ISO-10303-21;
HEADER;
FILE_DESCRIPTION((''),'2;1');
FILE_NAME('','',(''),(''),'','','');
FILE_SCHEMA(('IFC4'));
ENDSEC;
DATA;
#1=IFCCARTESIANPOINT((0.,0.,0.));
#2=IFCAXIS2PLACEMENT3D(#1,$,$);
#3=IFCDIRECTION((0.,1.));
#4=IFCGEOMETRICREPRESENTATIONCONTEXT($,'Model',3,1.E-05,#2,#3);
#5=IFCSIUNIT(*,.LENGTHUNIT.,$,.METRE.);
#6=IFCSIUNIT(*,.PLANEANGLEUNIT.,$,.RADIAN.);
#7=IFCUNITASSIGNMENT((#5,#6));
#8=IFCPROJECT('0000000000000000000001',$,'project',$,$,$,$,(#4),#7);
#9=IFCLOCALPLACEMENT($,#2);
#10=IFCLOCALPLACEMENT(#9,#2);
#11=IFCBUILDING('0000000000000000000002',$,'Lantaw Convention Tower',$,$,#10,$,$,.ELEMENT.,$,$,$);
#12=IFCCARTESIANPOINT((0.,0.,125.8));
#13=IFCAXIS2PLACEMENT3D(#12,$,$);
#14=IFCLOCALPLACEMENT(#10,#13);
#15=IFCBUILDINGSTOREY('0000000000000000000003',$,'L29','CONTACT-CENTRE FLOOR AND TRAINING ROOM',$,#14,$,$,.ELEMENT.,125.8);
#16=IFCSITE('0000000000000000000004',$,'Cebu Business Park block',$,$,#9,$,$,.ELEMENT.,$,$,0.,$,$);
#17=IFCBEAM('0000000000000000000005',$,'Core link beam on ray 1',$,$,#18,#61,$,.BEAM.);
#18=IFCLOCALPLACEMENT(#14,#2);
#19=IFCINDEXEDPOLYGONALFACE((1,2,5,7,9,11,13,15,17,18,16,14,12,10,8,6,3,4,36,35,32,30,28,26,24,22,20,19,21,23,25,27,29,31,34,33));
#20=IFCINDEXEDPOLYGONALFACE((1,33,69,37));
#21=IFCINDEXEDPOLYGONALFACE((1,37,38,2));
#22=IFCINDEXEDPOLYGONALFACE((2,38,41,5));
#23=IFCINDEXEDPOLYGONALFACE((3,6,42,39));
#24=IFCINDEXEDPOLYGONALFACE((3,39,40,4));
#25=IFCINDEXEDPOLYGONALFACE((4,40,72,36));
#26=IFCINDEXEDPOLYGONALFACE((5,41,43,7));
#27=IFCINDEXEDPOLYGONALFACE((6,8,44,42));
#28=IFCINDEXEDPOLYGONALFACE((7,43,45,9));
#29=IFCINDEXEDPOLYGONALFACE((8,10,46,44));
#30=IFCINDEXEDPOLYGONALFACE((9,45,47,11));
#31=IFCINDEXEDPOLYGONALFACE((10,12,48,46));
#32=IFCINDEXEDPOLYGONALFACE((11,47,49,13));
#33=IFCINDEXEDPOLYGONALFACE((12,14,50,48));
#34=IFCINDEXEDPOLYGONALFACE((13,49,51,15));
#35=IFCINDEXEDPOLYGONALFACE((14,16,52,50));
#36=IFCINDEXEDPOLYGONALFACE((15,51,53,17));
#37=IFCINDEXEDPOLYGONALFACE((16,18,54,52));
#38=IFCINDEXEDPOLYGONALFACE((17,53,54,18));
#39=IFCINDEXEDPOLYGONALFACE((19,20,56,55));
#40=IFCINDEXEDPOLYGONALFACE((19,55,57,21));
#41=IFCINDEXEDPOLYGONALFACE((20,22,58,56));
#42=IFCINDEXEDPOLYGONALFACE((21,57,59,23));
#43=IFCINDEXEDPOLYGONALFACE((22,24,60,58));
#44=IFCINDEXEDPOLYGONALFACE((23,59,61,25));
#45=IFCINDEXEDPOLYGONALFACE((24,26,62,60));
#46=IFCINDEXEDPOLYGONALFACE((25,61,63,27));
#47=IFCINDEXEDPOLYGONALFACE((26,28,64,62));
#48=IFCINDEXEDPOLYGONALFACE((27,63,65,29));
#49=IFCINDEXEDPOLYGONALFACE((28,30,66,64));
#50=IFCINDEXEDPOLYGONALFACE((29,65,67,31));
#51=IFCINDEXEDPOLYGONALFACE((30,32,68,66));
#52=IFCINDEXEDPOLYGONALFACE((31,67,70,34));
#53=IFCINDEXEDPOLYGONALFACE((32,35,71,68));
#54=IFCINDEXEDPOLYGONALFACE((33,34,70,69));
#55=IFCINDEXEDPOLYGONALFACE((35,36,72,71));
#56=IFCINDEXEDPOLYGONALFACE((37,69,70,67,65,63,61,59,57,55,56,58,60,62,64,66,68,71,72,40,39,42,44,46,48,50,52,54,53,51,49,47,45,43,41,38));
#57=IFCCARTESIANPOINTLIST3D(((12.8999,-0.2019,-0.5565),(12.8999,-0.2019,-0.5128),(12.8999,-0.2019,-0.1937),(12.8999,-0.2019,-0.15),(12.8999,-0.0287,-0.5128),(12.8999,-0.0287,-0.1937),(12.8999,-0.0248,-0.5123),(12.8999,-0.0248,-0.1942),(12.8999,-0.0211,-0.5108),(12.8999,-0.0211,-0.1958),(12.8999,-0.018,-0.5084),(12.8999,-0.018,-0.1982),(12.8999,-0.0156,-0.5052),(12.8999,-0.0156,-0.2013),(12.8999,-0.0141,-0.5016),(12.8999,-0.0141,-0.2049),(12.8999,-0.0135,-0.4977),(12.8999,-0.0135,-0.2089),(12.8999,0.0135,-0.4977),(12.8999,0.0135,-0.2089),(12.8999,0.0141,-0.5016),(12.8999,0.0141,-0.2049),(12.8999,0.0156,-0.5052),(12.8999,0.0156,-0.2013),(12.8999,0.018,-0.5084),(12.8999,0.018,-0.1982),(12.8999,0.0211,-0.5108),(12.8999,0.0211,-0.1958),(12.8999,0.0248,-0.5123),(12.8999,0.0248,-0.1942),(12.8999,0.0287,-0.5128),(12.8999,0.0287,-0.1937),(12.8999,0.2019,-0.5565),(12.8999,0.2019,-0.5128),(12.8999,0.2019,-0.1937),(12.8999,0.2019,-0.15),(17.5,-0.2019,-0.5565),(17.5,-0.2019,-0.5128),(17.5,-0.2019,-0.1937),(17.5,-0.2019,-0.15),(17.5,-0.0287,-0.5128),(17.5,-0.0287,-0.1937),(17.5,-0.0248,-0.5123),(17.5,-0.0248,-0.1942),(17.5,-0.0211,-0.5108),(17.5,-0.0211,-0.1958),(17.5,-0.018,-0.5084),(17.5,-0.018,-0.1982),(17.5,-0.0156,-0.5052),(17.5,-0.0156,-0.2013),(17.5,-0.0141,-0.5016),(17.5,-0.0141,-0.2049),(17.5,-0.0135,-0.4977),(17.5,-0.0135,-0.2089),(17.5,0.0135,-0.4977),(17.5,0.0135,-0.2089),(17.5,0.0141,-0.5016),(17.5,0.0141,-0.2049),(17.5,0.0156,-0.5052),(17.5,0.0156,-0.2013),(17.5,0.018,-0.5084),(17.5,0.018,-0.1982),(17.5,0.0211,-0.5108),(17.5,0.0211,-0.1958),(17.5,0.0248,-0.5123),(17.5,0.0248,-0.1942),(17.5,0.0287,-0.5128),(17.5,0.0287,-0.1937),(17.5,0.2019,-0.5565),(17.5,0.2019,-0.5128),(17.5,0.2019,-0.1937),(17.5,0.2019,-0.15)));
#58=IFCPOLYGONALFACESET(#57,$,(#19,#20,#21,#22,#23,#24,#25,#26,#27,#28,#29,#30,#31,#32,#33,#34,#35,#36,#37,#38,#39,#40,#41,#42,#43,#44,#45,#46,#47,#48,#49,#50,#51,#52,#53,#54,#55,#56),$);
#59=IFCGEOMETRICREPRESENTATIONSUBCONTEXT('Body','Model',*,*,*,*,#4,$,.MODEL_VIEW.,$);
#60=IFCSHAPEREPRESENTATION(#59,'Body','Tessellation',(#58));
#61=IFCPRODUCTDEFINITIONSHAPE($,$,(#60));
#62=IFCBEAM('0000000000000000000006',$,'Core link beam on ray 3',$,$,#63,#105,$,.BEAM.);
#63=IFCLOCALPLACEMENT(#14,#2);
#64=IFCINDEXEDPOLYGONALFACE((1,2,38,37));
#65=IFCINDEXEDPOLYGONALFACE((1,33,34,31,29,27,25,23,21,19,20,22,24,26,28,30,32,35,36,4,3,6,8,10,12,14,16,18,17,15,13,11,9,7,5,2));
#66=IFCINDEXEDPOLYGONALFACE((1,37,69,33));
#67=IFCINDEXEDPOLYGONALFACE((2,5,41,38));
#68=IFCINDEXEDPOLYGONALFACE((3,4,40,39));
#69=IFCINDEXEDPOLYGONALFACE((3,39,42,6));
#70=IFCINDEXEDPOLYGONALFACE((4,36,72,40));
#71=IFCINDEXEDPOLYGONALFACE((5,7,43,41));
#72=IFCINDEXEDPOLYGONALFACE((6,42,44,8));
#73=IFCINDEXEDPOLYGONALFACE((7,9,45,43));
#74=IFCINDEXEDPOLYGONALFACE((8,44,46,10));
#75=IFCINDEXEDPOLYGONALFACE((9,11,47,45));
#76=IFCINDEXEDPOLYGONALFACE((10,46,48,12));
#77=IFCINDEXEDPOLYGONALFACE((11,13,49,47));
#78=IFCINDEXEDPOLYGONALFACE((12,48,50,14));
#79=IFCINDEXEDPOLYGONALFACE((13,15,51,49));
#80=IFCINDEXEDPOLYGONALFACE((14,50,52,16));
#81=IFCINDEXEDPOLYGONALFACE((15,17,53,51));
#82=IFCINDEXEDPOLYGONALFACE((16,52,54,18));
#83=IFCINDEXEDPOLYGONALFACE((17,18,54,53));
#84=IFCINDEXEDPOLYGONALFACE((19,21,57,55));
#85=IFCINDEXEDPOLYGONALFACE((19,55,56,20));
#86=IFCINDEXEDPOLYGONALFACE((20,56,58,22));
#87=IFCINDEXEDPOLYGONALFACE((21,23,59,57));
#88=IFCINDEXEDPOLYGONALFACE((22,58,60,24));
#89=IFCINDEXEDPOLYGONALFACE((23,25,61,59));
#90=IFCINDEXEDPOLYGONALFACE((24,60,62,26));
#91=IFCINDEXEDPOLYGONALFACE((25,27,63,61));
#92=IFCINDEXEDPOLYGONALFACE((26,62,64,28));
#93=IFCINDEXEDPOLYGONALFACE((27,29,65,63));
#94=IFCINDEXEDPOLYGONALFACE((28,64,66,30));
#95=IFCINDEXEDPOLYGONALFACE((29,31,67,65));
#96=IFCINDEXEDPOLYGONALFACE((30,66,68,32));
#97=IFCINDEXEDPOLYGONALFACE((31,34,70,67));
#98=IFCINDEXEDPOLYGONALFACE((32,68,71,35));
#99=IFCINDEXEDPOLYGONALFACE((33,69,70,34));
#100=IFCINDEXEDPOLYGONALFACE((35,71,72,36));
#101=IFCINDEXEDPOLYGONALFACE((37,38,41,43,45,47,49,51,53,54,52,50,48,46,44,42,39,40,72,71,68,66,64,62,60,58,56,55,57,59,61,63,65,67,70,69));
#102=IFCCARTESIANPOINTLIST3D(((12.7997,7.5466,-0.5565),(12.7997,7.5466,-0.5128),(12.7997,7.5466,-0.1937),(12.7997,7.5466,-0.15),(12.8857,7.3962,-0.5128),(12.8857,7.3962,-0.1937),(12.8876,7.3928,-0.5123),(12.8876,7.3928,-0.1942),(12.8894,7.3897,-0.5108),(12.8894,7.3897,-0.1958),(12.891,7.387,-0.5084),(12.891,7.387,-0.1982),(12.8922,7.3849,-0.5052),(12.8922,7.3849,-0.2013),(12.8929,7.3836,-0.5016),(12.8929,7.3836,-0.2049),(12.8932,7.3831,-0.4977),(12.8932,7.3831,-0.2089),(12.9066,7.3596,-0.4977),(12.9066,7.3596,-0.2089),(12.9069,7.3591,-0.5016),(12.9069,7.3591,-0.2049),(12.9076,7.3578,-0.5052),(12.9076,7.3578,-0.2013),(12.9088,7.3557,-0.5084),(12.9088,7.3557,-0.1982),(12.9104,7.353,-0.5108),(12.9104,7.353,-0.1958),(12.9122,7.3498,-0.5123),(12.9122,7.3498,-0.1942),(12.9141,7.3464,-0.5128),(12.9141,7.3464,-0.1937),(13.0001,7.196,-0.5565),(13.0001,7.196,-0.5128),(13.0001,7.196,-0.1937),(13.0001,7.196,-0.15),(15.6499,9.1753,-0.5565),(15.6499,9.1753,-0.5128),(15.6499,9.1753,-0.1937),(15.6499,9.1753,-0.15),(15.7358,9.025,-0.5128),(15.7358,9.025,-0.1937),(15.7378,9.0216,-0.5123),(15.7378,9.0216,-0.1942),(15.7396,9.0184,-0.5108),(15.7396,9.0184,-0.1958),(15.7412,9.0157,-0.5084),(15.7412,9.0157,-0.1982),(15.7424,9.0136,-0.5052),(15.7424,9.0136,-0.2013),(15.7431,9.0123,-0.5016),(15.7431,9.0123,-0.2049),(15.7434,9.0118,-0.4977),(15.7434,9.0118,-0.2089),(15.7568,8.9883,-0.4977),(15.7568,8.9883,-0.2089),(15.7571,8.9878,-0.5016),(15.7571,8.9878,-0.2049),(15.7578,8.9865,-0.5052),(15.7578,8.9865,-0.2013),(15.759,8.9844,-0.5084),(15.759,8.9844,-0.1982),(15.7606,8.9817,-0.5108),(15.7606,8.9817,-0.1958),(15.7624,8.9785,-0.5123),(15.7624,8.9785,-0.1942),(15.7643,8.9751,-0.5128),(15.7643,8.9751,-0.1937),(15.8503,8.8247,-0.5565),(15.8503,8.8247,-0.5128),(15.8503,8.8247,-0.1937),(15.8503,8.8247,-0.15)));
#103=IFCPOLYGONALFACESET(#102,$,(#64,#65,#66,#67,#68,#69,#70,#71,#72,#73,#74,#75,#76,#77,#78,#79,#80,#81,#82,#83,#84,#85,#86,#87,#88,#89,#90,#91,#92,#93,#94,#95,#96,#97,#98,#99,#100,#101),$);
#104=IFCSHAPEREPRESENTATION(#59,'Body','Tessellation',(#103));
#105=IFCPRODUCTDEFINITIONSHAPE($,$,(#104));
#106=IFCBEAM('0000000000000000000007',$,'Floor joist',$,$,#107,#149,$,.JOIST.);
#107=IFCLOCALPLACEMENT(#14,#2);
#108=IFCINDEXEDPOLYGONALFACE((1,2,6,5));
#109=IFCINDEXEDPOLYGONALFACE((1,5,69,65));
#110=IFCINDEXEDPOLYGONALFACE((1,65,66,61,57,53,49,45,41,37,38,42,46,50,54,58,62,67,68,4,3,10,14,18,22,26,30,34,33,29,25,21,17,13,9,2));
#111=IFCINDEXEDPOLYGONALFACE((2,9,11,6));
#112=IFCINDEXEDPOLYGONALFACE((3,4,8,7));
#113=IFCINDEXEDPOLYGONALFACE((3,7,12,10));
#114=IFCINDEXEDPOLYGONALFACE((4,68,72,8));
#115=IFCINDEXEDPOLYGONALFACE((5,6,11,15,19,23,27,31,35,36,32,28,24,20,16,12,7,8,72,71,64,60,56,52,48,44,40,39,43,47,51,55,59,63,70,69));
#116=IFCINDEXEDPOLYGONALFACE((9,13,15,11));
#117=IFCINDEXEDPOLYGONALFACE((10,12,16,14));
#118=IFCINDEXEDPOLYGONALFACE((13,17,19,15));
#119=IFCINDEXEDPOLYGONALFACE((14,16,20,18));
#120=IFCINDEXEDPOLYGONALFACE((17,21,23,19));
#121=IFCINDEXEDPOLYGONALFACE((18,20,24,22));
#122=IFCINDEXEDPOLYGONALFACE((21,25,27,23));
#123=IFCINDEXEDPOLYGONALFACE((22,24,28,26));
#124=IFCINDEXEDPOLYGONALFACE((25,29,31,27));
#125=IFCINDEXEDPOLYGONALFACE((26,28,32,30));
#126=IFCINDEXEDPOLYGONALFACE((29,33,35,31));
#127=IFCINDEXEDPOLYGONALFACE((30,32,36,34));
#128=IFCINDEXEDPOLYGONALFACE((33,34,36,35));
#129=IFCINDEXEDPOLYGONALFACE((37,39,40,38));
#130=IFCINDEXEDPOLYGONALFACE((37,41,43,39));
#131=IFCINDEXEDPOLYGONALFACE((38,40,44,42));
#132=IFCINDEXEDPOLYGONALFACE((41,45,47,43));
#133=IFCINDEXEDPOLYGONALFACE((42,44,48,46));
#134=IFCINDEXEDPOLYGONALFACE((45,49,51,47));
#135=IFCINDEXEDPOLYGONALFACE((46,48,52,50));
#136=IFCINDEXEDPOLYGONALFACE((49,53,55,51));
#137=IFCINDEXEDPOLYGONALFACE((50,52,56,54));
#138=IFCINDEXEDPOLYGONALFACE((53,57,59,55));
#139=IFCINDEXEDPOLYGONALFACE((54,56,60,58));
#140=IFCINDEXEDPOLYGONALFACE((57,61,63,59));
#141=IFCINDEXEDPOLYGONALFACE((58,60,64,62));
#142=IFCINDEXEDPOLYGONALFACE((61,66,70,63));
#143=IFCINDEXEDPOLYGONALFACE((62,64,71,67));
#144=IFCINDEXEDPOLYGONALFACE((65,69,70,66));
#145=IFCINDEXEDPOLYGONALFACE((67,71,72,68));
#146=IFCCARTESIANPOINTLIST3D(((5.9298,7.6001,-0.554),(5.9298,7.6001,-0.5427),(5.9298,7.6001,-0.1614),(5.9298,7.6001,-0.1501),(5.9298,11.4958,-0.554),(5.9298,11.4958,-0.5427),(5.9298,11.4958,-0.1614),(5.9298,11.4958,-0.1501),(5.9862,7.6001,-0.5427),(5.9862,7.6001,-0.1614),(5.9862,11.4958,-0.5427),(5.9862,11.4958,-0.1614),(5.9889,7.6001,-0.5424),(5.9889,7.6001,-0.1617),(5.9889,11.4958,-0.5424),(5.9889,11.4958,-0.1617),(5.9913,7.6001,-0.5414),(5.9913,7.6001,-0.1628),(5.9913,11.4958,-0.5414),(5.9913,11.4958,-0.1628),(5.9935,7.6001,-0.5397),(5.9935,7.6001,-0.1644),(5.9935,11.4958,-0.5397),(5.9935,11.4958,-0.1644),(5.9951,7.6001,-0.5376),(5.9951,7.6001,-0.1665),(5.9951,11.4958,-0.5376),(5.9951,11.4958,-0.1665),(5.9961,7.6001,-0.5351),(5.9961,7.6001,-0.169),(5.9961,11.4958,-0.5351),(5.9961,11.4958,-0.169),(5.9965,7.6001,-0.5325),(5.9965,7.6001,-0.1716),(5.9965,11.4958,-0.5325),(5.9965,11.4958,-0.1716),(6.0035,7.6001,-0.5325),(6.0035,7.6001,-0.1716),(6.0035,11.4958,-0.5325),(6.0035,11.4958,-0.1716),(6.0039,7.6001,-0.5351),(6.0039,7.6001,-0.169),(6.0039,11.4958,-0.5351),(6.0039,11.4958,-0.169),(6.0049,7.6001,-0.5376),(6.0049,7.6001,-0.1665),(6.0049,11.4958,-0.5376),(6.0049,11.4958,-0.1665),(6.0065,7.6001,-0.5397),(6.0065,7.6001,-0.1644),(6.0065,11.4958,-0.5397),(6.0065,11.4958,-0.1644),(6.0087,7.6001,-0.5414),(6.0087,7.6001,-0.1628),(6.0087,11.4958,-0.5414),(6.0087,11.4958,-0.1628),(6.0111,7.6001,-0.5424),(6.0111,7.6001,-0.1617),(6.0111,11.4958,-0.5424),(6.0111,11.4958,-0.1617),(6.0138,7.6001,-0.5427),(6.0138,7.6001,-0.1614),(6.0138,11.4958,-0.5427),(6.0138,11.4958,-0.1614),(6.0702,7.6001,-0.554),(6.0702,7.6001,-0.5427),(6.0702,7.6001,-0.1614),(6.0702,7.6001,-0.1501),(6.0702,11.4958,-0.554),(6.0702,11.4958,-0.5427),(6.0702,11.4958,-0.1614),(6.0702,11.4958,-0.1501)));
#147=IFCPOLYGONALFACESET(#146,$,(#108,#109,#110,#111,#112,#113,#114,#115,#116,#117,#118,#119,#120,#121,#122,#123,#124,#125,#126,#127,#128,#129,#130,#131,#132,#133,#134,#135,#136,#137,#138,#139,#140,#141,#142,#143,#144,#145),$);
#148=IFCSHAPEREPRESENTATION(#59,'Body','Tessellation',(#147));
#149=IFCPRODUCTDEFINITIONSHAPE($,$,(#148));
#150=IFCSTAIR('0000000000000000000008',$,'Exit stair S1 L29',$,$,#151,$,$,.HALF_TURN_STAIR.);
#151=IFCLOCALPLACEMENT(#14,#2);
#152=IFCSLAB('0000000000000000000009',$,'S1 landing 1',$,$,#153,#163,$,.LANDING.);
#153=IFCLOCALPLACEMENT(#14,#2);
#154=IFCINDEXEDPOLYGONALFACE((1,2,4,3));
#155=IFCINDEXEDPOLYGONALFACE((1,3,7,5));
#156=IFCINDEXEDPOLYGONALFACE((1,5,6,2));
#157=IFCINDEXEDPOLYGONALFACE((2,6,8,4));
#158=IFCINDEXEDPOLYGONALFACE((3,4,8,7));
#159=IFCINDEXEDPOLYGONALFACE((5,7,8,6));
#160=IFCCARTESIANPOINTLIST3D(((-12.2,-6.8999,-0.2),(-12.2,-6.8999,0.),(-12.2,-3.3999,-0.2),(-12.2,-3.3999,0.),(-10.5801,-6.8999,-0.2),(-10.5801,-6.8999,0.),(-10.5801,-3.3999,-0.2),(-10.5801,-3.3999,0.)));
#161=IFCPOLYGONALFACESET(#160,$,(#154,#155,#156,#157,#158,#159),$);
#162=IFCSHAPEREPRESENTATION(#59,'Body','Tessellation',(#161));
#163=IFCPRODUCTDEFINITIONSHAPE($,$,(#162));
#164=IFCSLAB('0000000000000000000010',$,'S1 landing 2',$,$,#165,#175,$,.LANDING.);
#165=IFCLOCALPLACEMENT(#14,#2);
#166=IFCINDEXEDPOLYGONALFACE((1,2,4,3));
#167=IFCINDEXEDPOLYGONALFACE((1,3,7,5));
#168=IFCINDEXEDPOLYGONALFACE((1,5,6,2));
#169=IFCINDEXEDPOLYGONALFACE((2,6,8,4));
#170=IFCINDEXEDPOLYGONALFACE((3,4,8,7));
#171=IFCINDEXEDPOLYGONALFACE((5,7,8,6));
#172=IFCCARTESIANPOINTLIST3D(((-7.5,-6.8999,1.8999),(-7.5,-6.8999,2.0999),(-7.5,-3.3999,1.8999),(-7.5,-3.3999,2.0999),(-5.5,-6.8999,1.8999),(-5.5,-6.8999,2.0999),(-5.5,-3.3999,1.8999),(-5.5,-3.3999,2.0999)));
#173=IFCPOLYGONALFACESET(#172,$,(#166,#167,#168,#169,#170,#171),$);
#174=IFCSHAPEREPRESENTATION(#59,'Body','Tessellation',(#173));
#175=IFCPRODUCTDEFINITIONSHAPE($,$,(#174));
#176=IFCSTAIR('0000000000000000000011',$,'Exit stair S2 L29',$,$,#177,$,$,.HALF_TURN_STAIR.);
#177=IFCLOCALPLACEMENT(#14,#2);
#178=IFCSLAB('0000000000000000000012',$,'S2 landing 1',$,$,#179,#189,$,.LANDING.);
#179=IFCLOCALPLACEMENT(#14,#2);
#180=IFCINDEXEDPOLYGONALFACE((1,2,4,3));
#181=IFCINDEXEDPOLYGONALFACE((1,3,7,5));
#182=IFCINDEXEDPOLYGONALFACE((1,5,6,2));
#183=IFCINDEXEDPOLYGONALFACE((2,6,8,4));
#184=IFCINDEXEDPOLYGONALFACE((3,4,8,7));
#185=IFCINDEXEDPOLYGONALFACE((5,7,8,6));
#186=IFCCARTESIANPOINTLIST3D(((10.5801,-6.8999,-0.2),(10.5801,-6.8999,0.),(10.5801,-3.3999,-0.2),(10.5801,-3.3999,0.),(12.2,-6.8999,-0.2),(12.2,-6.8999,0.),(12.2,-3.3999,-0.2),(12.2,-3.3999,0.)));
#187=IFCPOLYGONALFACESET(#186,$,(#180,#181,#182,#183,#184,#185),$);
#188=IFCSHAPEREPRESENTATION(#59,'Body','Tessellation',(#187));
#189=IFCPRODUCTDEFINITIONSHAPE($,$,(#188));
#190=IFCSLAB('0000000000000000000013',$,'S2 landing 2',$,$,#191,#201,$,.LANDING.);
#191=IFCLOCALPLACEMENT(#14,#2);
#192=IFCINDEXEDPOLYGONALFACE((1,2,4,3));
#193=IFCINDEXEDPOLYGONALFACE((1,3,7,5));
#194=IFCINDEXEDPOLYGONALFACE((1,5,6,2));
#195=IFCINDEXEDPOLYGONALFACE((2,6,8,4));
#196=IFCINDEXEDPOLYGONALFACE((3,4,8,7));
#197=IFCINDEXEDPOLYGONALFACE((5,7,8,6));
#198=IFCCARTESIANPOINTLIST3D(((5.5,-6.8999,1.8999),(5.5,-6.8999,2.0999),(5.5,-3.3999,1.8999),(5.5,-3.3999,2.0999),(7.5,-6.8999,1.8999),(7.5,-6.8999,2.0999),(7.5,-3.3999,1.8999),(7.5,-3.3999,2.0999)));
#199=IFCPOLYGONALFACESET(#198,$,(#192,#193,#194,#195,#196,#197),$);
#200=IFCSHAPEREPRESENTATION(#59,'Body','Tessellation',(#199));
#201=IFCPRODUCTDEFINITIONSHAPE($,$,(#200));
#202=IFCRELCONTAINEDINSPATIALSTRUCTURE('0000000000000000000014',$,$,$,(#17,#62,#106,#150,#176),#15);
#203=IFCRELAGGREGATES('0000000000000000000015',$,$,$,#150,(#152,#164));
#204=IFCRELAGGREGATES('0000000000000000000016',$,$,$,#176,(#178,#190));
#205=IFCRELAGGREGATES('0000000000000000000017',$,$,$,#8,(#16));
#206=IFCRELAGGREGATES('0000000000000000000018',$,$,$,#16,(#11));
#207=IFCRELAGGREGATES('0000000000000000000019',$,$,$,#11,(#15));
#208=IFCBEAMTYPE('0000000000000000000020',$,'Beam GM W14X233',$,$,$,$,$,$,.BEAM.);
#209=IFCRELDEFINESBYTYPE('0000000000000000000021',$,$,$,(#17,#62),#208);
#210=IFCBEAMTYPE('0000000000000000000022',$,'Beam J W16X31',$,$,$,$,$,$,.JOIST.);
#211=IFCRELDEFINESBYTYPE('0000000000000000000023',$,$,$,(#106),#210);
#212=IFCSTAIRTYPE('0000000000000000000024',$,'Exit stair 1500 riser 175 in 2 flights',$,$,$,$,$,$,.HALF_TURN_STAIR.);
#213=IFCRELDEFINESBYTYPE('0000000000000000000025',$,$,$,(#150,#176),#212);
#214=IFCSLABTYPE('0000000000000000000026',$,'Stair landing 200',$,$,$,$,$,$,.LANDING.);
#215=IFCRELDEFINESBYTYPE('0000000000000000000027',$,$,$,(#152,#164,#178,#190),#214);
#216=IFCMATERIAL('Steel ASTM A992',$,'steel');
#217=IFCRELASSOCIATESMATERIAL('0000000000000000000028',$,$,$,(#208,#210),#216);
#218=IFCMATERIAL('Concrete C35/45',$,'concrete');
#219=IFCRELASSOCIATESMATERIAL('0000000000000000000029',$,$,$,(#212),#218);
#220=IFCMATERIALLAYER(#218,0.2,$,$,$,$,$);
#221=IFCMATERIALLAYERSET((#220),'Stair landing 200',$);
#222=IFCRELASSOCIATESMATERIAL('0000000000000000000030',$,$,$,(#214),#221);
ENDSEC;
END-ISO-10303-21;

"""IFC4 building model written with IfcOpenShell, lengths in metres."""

from ifc_helpers import new_model, si_unit, direction, frame, origin, origin_2d, place, context, subcontext, project, spatial, polyline, i_section, outline, extrude, material, layer, layer_set, material_profile, profile_set, type_object, element, aggregate, save


model = new_model("IFC4")

# Units and contexts
model_context = context("Model", 3, precision=1e-05, world=origin(), true_north=direction((0.0, 1.0)))
body_context = subcontext(model_context, "Body", "Model", "MODEL_VIEW")
ifc_project = project(units=[si_unit("LENGTHUNIT", "METRE"), si_unit("PLANEANGLEUNIT", "RADIAN")], contexts=[model_context])

# Site, building, storey
site_placement = place(None, origin())
site = spatial("IfcSite", under=ifc_project, at=site_placement, Name="Cebu Business Park block", CompositionType="ELEMENT", RefElevation=0.0)
building_placement = place(site_placement, origin())
building = spatial("IfcBuilding", under=site, at=building_placement, Name="Lantaw Convention Tower", CompositionType="ELEMENT")
storey_placement = place(building_placement, frame((0.0, 0.0, 125.8)))
storey = spatial("IfcBuildingStorey", under=building, at=storey_placement, Name="L29", Description="CONTACT-CENTRE FLOOR AND TRAINING ROOM", CompositionType="ELEMENT", Elevation=125.8)

# Beams
ifc_material_1 = material(Name="Steel ASTM A992", Category="steel")
ifc_material_profile_1 = material_profile(ifc_material_1, i_section(OverallWidth=0.4038, OverallDepth=0.4065, WebThickness=0.0271, FlangeThickness=0.0437, FilletRadius=0.0151, at=origin_2d()), Name="W14X233")
ifc_profile_set_1 = profile_set([ifc_material_profile_1], Name="Steel ASTM A992")
beam_type_1 = type_object("IfcBeamType", Name="Beam GM W14X233", PredefinedType="BEAM", material=ifc_profile_set_1)
beam_1_placement = place(storey_placement, frame((12.8999, 0.0, -0.3533), z_axis=(1.0, 0.0, 0.0), x_axis=(0.0, 1.0, 0.0)))
element("IfcBeam", 1, at=beam_1_placement, inside=storey, type_object=beam_type_1, Name="Core link beam on ray 1", PredefinedType="BEAM", context=body_context, shape_type="SweptSolid", body=[
    extrude(i_section(OverallWidth=0.4038, OverallDepth=0.4065, WebThickness=0.0271, FlangeThickness=0.0437, FilletRadius=0.0151, at=origin_2d()), origin(), (0.0, 0.0, 1.0), 4.6001),
])
beam_2_placement = place(storey_placement, frame((12.8999, 7.3713, -0.3533), z_axis=(0.868239, 0.496147, 0.0), x_axis=(-0.496147, 0.868239, 0.0)))
element("IfcBeam", 2, at=beam_2_placement, inside=storey, type_object=beam_type_1, Name="Core link beam on ray 3", PredefinedType="BEAM", context=body_context, shape_type="SweptSolid", body=[
    extrude(i_section(OverallWidth=0.4038, OverallDepth=0.4065, WebThickness=0.0271, FlangeThickness=0.0437, FilletRadius=0.0151, at=origin_2d()), origin(), (0.0, 0.0, 1.0), 3.2827),
])
ifc_material_profile_2 = material_profile(ifc_material_1, i_section(OverallWidth=0.1404, OverallDepth=0.4038, WebThickness=0.0071, FlangeThickness=0.0112, FilletRadius=0.0103, at=origin_2d()), Name="W16X31")
ifc_profile_set_2 = profile_set([ifc_material_profile_2], Name="Steel ASTM A992")
beam_type_2 = type_object("IfcBeamType", Name="Beam J W16X31", PredefinedType="JOIST", material=ifc_profile_set_2)
beam_3_placement = place(storey_placement, frame((6.0, 7.6001, -0.3521), z_axis=(0.0, 1.0, 0.0), x_axis=(-1.0, 0.0, 0.0)))
element("IfcBeam", 3, at=beam_3_placement, inside=storey, type_object=beam_type_2, Name="Floor joist", PredefinedType="JOIST", context=body_context, shape_type="SweptSolid", body=[
    extrude(i_section(OverallWidth=0.1404, OverallDepth=0.4038, WebThickness=0.0071, FlangeThickness=0.0112, FilletRadius=0.0103, at=origin_2d()), origin(), (0.0, 0.0, 1.0), 3.8958),
])

# Stairs, slabs
ifc_material_2 = material(Name="Concrete C35/45", Category="concrete")
stair_type = type_object("IfcStairType", Name="Exit stair 1500 riser 175 in 2 flights", PredefinedType="HALF_TURN_STAIR", material=ifc_material_2)
stair_1_placement = place(storey_placement, origin())
stair_1 = element("IfcStair", 4, at=stair_1_placement, inside=storey, type_object=stair_type, Name="Exit stair S1 L29", PredefinedType="HALF_TURN_STAIR")
ifc_layer_1 = layer(ifc_material_2, 0.2)
ifc_layer_set_1 = layer_set([ifc_layer_1], Name="Stair landing 200")
slab_type = type_object("IfcSlabType", Name="Stair landing 200", PredefinedType="LANDING", material=ifc_layer_set_1)
slab_1_placement = place(storey_placement, frame((0.0, 0.0, -0.2)))
slab_1 = element("IfcSlab", 5, at=slab_1_placement, type_object=slab_type, Name="S1 landing 1", PredefinedType="LANDING", context=body_context, shape_type="SweptSolid", body=[
    extrude(outline(polyline([(-12.2, -6.8999), (-10.5801, -6.8999), (-10.5801, -3.3999), (-12.2, -3.3999), (-12.2, -6.8999)])), origin(), (0.0, 0.0, 1.0), 0.2),
])
slab_2_placement = place(storey_placement, frame((0.0, 0.0, 1.8999)))
slab_2 = element("IfcSlab", 6, at=slab_2_placement, type_object=slab_type, Name="S1 landing 2", PredefinedType="LANDING", context=body_context, shape_type="SweptSolid", body=[
    extrude(outline(polyline([(-7.5, -6.8999), (-5.5, -6.8999), (-5.5, -3.3999), (-7.5, -3.3999), (-7.5, -6.8999)])), origin(), (0.0, 0.0, 1.0), 0.2),
])
aggregate(stair_1, [slab_1, slab_2])
stair_2_placement = place(storey_placement, origin())
stair_2 = element("IfcStair", 7, at=stair_2_placement, inside=storey, type_object=stair_type, Name="Exit stair S2 L29", PredefinedType="HALF_TURN_STAIR")
slab_3_placement = place(storey_placement, frame((0.0, 0.0, -0.2)))
slab_3 = element("IfcSlab", 8, at=slab_3_placement, type_object=slab_type, Name="S2 landing 1", PredefinedType="LANDING", context=body_context, shape_type="SweptSolid", body=[
    extrude(outline(polyline([(10.5801, -6.8999), (12.2, -6.8999), (12.2, -3.3999), (10.5801, -3.3999), (10.5801, -6.8999)])), origin(), (0.0, 0.0, 1.0), 0.2),
])
slab_4_placement = place(storey_placement, frame((0.0, 0.0, 1.8999)))
slab_4 = element("IfcSlab", 9, at=slab_4_placement, type_object=slab_type, Name="S2 landing 2", PredefinedType="LANDING", context=body_context, shape_type="SweptSolid", body=[
    extrude(outline(polyline([(5.5, -6.8999), (7.5, -6.8999), (7.5, -3.3999), (5.5, -3.3999), (5.5, -6.8999)])), origin(), (0.0, 0.0, 1.0), 0.2),
])
aggregate(stair_2, [slab_3, slab_4])

save(model, "model.ifc")
